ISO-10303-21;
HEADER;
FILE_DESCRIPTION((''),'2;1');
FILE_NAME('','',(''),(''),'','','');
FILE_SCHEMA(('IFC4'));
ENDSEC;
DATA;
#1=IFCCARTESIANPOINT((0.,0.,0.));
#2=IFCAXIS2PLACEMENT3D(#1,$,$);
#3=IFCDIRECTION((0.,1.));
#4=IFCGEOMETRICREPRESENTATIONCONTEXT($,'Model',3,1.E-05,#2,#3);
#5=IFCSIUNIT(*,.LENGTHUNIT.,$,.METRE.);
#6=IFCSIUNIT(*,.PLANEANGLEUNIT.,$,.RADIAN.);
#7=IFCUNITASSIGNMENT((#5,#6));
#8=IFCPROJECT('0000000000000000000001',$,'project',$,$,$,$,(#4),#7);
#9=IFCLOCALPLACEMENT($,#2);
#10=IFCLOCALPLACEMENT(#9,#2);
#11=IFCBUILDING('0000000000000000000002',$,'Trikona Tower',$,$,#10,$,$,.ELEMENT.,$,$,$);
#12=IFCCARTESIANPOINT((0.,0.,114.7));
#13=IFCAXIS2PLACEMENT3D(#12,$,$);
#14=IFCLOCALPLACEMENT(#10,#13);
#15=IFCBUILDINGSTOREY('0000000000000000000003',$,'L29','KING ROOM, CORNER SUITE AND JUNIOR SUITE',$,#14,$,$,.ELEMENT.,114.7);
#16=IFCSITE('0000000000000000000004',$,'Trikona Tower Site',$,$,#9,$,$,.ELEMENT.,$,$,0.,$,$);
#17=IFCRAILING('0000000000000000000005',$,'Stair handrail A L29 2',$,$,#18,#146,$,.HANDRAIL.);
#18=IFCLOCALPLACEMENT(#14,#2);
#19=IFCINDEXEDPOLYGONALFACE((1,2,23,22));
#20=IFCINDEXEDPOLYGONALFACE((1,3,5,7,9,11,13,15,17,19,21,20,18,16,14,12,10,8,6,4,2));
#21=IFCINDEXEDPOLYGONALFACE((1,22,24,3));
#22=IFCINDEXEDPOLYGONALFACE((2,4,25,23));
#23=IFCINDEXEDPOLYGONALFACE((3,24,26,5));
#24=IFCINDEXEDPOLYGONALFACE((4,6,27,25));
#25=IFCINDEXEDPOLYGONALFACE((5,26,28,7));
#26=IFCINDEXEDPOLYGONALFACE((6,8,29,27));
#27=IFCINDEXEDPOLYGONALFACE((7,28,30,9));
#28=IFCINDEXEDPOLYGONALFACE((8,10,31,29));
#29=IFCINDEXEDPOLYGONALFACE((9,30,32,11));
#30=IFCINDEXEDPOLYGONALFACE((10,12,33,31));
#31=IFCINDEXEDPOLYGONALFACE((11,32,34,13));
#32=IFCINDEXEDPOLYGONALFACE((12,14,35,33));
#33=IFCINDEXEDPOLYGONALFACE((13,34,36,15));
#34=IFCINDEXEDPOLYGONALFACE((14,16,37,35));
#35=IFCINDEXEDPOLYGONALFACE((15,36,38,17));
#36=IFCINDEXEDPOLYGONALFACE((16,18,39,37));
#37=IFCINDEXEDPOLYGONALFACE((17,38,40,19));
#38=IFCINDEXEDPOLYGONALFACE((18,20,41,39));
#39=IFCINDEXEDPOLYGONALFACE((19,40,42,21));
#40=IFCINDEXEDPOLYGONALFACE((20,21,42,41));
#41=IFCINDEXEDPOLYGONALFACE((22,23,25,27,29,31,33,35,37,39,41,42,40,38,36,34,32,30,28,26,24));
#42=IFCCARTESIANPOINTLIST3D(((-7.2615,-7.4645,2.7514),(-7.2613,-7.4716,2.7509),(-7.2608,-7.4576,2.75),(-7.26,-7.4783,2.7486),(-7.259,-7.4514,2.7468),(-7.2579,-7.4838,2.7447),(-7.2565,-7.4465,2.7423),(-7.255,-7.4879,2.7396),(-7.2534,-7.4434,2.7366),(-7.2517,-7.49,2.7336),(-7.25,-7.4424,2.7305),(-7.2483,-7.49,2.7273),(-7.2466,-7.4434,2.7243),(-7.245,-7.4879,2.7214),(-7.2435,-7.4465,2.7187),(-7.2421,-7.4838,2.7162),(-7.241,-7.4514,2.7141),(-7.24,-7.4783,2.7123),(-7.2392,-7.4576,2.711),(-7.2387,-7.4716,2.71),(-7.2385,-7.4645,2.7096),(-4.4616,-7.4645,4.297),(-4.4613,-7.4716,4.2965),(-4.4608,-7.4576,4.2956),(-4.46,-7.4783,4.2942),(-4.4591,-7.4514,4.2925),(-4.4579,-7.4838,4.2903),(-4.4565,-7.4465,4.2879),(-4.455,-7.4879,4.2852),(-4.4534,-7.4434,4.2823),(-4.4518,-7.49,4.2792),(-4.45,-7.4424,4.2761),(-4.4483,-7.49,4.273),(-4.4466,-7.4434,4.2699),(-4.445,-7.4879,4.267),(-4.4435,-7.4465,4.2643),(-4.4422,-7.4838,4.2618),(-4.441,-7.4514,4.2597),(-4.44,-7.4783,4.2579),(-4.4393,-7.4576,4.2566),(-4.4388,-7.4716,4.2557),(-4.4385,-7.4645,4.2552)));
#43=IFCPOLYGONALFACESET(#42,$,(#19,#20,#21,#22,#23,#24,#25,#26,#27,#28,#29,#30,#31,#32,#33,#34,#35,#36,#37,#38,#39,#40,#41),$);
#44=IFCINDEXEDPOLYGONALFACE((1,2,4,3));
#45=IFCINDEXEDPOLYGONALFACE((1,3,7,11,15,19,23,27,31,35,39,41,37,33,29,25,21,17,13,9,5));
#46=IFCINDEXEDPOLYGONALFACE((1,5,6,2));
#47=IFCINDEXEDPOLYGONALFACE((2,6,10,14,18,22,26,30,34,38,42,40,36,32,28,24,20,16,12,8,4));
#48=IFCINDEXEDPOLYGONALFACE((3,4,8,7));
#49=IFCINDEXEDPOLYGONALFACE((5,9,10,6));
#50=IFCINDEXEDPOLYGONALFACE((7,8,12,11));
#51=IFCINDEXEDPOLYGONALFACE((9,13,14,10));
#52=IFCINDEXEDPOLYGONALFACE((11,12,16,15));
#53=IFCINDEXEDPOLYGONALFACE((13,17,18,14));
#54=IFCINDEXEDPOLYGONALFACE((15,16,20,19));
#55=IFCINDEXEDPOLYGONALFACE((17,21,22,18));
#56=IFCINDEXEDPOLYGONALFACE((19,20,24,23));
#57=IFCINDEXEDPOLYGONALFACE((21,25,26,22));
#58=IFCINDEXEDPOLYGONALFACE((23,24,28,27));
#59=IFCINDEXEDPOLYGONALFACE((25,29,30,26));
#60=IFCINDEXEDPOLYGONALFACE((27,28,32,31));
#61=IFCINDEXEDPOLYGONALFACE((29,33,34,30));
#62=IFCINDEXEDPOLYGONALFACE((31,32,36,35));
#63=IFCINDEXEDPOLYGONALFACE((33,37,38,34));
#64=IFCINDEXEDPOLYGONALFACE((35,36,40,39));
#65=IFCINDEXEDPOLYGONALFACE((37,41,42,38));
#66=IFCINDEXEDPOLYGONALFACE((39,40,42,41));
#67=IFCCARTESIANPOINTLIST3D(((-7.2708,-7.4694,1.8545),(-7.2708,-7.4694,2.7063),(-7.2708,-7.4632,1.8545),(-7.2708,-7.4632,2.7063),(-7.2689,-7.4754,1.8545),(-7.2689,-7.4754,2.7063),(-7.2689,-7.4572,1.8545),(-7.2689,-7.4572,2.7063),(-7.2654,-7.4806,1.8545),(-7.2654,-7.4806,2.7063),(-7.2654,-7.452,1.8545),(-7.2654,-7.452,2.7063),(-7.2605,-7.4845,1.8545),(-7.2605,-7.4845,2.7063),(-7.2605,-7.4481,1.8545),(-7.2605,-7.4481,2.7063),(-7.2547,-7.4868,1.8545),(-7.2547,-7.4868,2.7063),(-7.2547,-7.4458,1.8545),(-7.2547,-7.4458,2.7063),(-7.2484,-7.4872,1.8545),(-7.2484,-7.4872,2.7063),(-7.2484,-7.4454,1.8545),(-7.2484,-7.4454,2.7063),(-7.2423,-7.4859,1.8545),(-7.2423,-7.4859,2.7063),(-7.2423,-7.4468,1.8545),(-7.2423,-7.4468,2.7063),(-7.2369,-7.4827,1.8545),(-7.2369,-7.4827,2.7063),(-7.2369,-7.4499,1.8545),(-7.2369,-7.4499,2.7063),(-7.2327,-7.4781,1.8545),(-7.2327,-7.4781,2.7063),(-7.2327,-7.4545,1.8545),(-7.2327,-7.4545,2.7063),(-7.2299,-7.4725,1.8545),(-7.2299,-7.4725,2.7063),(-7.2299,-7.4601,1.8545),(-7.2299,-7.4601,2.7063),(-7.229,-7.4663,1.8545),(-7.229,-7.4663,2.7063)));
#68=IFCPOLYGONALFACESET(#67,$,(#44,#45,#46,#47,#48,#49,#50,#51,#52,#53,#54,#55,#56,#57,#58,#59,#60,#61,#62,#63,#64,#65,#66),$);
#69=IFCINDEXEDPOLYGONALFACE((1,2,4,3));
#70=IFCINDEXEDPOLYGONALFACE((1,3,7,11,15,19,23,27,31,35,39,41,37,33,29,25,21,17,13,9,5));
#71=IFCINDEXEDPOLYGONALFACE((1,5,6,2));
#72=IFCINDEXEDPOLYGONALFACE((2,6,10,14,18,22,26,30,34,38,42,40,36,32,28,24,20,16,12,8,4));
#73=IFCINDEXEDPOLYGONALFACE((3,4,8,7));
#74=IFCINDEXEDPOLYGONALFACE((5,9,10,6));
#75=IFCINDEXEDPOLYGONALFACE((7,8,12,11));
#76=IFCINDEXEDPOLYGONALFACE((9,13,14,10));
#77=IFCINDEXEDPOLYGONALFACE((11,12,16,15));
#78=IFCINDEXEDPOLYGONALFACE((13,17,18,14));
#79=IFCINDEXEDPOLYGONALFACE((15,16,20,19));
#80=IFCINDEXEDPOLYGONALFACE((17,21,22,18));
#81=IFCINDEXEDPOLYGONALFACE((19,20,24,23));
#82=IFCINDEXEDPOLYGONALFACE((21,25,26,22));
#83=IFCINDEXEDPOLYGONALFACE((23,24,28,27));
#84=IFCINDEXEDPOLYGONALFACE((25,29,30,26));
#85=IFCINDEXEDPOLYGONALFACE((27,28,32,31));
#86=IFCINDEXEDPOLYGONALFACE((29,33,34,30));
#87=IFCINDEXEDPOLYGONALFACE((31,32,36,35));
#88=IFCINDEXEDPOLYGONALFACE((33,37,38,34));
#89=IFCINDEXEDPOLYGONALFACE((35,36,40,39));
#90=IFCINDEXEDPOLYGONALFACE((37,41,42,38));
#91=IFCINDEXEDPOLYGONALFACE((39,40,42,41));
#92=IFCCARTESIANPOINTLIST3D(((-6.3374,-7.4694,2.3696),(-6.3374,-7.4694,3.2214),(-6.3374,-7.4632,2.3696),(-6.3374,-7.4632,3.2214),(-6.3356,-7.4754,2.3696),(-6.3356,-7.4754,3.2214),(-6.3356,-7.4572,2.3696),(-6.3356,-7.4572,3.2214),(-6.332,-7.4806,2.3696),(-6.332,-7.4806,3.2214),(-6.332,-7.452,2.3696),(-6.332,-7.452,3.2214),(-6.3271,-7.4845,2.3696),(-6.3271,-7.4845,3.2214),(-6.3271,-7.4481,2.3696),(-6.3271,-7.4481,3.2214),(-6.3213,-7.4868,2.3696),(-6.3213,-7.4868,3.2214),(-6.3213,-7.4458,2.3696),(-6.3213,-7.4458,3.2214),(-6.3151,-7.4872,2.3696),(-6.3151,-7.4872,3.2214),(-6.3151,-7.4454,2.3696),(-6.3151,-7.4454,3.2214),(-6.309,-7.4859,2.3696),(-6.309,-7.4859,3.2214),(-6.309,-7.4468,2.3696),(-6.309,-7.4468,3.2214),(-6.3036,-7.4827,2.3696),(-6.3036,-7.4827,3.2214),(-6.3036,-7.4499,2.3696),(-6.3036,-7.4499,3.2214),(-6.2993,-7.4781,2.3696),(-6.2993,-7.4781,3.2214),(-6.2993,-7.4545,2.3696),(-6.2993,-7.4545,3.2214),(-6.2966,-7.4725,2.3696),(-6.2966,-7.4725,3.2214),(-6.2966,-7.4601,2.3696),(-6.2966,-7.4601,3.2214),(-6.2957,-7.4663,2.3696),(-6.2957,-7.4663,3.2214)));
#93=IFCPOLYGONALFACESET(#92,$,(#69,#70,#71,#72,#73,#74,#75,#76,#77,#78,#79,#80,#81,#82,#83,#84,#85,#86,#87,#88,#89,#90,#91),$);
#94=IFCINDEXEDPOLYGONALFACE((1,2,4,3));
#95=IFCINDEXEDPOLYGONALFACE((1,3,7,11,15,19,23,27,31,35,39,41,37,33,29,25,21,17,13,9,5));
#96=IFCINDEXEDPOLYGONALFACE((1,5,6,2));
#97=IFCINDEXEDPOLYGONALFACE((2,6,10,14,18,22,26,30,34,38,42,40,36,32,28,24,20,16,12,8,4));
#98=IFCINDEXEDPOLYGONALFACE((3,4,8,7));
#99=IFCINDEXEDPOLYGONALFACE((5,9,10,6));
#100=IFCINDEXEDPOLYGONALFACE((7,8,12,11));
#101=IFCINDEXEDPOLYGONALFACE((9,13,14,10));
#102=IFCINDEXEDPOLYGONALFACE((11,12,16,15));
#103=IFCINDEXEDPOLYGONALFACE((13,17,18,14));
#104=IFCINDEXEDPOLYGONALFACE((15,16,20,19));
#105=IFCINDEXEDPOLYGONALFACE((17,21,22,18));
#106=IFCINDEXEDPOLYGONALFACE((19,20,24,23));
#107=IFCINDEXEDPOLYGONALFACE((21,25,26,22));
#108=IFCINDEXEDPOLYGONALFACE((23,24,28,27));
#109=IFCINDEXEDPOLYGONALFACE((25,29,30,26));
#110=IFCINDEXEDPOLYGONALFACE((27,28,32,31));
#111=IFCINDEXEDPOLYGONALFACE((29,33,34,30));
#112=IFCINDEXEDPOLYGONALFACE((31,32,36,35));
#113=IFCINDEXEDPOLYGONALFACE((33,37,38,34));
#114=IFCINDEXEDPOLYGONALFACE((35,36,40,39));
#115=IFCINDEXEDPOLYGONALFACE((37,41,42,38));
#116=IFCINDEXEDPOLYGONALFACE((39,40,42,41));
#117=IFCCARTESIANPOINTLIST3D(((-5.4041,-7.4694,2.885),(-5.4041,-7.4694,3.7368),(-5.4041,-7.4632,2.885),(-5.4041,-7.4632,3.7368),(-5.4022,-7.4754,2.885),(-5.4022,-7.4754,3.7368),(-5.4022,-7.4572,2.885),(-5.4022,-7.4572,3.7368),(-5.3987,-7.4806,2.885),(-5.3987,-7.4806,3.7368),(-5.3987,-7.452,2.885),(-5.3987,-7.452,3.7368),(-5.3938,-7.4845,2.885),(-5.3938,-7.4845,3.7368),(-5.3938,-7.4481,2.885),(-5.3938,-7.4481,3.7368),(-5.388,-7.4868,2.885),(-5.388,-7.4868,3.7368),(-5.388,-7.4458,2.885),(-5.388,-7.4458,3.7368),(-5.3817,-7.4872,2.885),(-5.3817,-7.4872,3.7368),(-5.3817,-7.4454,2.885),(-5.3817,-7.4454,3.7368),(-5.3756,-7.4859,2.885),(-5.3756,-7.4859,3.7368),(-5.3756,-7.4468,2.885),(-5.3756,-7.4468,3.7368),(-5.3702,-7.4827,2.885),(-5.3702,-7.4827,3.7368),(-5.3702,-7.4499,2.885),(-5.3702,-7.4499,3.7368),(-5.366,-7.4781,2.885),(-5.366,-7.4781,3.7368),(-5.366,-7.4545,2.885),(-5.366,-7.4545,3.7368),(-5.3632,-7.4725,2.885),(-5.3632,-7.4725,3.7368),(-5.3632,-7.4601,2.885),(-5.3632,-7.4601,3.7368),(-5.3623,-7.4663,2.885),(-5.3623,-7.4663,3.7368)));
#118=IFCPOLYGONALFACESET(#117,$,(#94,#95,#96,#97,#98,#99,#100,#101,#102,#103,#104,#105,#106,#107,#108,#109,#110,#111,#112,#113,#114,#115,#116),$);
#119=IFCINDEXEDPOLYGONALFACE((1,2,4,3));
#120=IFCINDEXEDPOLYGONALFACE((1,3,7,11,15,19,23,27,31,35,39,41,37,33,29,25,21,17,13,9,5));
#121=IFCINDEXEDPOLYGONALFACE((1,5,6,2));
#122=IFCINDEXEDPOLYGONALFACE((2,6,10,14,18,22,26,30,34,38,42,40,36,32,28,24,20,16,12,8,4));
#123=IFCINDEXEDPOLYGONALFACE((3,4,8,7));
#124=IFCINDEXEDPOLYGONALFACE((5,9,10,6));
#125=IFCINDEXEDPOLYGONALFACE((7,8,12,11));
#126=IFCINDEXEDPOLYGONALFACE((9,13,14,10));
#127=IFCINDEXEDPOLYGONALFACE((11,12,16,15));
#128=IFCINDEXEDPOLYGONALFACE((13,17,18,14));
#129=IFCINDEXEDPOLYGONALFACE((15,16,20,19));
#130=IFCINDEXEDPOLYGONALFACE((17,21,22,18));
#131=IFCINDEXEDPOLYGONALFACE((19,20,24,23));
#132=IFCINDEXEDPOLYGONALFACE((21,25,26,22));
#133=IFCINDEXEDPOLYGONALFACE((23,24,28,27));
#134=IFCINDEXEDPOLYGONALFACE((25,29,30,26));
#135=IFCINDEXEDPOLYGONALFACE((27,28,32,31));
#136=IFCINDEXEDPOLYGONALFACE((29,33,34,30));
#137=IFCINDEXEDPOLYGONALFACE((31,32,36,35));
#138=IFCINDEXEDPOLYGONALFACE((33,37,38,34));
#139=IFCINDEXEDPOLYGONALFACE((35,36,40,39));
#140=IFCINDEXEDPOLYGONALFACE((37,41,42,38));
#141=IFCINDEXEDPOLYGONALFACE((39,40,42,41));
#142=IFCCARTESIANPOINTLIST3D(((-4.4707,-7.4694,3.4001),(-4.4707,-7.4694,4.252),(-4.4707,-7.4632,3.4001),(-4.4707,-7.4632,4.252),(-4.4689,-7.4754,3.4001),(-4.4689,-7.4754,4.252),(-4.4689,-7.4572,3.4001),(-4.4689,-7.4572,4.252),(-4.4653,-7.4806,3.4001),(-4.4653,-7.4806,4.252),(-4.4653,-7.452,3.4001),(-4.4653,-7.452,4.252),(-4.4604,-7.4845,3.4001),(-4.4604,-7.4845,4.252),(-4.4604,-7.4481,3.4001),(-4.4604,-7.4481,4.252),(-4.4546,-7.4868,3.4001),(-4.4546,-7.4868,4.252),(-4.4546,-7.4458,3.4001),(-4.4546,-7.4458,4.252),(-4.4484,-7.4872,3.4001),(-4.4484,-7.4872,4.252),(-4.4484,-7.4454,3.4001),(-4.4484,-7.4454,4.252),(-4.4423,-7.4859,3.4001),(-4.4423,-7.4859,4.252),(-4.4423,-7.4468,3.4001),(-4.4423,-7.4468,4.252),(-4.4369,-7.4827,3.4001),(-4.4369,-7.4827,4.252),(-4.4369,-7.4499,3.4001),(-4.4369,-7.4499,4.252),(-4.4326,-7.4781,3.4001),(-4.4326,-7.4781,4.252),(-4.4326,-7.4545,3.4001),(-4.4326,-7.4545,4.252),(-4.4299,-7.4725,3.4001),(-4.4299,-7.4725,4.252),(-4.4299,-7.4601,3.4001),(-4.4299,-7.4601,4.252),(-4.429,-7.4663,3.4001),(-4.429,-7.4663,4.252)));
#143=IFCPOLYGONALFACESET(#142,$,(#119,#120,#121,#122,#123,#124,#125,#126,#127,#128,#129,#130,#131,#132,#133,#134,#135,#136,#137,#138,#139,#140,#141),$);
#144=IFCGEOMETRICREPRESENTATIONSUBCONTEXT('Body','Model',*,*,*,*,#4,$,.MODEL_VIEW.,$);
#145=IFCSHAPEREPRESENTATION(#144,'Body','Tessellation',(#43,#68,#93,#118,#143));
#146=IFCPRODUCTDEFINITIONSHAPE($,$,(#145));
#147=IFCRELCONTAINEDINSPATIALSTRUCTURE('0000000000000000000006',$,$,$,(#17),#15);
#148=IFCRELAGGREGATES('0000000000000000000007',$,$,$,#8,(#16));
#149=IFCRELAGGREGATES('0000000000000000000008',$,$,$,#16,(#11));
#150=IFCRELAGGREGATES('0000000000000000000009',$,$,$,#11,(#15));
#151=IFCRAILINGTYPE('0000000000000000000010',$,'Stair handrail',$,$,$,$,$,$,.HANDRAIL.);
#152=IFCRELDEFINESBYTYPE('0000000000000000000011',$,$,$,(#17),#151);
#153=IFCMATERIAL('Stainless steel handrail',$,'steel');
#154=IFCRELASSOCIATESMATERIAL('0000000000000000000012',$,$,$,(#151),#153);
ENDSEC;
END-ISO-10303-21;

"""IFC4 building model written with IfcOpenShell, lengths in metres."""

from ifc_helpers import new_model, si_unit, direction, frame, origin, origin_2d, place, context, subcontext, project, spatial, circle, extrude, material, type_object, element, save


model = new_model("IFC4")

# Units and contexts
model_context = context("Model", 3, precision=1e-05, world=origin(), true_north=direction((0.0, 1.0)))
body_context = subcontext(model_context, "Body", "Model", "MODEL_VIEW")
ifc_project = project(units=[si_unit("LENGTHUNIT", "METRE"), si_unit("PLANEANGLEUNIT", "RADIAN")], contexts=[model_context])

# Site, building, storey
site_placement = place(None, origin())
site = spatial("IfcSite", under=ifc_project, at=site_placement, Name="Trikona Tower Site", CompositionType="ELEMENT", RefElevation=0.0)
building_placement = place(site_placement, origin())
building = spatial("IfcBuilding", under=site, at=building_placement, Name="Trikona Tower", CompositionType="ELEMENT")
storey_placement = place(building_placement, frame((0.0, 0.0, 114.7)))
storey = spatial("IfcBuildingStorey", under=building, at=storey_placement, Name="L29", Description="KING ROOM, CORNER SUITE AND JUNIOR SUITE", CompositionType="ELEMENT", Elevation=114.7)

# Railing
ifc_material_1 = material(Name="Stainless steel handrail", Category="steel")
railing_type = type_object("IfcRailingType", Name="Stair handrail", PredefinedType="HANDRAIL", material=ifc_material_1)
railing_placement = place(storey_placement, frame((-7.25, -7.4663, 1.8545)))
element("IfcRailing", 1, at=railing_placement, inside=storey, type_object=railing_type, Name="Stair handrail A L29 2", PredefinedType="HANDRAIL", context=body_context, shape_type="SweptSolid", body=[
    extrude(circle(Radius=0.0239, at=origin_2d()), frame((0.0, 0.0, 0.876), z_axis=(0.875472, 0.0, 0.483269), x_axis=(0.0, 1.0, 0.0)), (0.0, 0.0, 1.0), 3.1982),
    extrude(circle(Radius=0.021, at=origin_2d()), origin(), (0.0, 0.0, 1.0), 0.8518),
    extrude(circle(Radius=0.021, at=origin_2d()), frame((0.9333, 0.0, 0.5151)), (0.0, 0.0, 1.0), 0.8518),
    extrude(circle(Radius=0.021, at=origin_2d()), frame((1.8667, 0.0, 1.0305)), (0.0, 0.0, 1.0), 0.8518),
    extrude(circle(Radius=0.021, at=origin_2d()), frame((2.8, 0.0, 1.5457)), (0.0, 0.0, 1.0), 0.8518),
])

save(model, "model.ifc")
